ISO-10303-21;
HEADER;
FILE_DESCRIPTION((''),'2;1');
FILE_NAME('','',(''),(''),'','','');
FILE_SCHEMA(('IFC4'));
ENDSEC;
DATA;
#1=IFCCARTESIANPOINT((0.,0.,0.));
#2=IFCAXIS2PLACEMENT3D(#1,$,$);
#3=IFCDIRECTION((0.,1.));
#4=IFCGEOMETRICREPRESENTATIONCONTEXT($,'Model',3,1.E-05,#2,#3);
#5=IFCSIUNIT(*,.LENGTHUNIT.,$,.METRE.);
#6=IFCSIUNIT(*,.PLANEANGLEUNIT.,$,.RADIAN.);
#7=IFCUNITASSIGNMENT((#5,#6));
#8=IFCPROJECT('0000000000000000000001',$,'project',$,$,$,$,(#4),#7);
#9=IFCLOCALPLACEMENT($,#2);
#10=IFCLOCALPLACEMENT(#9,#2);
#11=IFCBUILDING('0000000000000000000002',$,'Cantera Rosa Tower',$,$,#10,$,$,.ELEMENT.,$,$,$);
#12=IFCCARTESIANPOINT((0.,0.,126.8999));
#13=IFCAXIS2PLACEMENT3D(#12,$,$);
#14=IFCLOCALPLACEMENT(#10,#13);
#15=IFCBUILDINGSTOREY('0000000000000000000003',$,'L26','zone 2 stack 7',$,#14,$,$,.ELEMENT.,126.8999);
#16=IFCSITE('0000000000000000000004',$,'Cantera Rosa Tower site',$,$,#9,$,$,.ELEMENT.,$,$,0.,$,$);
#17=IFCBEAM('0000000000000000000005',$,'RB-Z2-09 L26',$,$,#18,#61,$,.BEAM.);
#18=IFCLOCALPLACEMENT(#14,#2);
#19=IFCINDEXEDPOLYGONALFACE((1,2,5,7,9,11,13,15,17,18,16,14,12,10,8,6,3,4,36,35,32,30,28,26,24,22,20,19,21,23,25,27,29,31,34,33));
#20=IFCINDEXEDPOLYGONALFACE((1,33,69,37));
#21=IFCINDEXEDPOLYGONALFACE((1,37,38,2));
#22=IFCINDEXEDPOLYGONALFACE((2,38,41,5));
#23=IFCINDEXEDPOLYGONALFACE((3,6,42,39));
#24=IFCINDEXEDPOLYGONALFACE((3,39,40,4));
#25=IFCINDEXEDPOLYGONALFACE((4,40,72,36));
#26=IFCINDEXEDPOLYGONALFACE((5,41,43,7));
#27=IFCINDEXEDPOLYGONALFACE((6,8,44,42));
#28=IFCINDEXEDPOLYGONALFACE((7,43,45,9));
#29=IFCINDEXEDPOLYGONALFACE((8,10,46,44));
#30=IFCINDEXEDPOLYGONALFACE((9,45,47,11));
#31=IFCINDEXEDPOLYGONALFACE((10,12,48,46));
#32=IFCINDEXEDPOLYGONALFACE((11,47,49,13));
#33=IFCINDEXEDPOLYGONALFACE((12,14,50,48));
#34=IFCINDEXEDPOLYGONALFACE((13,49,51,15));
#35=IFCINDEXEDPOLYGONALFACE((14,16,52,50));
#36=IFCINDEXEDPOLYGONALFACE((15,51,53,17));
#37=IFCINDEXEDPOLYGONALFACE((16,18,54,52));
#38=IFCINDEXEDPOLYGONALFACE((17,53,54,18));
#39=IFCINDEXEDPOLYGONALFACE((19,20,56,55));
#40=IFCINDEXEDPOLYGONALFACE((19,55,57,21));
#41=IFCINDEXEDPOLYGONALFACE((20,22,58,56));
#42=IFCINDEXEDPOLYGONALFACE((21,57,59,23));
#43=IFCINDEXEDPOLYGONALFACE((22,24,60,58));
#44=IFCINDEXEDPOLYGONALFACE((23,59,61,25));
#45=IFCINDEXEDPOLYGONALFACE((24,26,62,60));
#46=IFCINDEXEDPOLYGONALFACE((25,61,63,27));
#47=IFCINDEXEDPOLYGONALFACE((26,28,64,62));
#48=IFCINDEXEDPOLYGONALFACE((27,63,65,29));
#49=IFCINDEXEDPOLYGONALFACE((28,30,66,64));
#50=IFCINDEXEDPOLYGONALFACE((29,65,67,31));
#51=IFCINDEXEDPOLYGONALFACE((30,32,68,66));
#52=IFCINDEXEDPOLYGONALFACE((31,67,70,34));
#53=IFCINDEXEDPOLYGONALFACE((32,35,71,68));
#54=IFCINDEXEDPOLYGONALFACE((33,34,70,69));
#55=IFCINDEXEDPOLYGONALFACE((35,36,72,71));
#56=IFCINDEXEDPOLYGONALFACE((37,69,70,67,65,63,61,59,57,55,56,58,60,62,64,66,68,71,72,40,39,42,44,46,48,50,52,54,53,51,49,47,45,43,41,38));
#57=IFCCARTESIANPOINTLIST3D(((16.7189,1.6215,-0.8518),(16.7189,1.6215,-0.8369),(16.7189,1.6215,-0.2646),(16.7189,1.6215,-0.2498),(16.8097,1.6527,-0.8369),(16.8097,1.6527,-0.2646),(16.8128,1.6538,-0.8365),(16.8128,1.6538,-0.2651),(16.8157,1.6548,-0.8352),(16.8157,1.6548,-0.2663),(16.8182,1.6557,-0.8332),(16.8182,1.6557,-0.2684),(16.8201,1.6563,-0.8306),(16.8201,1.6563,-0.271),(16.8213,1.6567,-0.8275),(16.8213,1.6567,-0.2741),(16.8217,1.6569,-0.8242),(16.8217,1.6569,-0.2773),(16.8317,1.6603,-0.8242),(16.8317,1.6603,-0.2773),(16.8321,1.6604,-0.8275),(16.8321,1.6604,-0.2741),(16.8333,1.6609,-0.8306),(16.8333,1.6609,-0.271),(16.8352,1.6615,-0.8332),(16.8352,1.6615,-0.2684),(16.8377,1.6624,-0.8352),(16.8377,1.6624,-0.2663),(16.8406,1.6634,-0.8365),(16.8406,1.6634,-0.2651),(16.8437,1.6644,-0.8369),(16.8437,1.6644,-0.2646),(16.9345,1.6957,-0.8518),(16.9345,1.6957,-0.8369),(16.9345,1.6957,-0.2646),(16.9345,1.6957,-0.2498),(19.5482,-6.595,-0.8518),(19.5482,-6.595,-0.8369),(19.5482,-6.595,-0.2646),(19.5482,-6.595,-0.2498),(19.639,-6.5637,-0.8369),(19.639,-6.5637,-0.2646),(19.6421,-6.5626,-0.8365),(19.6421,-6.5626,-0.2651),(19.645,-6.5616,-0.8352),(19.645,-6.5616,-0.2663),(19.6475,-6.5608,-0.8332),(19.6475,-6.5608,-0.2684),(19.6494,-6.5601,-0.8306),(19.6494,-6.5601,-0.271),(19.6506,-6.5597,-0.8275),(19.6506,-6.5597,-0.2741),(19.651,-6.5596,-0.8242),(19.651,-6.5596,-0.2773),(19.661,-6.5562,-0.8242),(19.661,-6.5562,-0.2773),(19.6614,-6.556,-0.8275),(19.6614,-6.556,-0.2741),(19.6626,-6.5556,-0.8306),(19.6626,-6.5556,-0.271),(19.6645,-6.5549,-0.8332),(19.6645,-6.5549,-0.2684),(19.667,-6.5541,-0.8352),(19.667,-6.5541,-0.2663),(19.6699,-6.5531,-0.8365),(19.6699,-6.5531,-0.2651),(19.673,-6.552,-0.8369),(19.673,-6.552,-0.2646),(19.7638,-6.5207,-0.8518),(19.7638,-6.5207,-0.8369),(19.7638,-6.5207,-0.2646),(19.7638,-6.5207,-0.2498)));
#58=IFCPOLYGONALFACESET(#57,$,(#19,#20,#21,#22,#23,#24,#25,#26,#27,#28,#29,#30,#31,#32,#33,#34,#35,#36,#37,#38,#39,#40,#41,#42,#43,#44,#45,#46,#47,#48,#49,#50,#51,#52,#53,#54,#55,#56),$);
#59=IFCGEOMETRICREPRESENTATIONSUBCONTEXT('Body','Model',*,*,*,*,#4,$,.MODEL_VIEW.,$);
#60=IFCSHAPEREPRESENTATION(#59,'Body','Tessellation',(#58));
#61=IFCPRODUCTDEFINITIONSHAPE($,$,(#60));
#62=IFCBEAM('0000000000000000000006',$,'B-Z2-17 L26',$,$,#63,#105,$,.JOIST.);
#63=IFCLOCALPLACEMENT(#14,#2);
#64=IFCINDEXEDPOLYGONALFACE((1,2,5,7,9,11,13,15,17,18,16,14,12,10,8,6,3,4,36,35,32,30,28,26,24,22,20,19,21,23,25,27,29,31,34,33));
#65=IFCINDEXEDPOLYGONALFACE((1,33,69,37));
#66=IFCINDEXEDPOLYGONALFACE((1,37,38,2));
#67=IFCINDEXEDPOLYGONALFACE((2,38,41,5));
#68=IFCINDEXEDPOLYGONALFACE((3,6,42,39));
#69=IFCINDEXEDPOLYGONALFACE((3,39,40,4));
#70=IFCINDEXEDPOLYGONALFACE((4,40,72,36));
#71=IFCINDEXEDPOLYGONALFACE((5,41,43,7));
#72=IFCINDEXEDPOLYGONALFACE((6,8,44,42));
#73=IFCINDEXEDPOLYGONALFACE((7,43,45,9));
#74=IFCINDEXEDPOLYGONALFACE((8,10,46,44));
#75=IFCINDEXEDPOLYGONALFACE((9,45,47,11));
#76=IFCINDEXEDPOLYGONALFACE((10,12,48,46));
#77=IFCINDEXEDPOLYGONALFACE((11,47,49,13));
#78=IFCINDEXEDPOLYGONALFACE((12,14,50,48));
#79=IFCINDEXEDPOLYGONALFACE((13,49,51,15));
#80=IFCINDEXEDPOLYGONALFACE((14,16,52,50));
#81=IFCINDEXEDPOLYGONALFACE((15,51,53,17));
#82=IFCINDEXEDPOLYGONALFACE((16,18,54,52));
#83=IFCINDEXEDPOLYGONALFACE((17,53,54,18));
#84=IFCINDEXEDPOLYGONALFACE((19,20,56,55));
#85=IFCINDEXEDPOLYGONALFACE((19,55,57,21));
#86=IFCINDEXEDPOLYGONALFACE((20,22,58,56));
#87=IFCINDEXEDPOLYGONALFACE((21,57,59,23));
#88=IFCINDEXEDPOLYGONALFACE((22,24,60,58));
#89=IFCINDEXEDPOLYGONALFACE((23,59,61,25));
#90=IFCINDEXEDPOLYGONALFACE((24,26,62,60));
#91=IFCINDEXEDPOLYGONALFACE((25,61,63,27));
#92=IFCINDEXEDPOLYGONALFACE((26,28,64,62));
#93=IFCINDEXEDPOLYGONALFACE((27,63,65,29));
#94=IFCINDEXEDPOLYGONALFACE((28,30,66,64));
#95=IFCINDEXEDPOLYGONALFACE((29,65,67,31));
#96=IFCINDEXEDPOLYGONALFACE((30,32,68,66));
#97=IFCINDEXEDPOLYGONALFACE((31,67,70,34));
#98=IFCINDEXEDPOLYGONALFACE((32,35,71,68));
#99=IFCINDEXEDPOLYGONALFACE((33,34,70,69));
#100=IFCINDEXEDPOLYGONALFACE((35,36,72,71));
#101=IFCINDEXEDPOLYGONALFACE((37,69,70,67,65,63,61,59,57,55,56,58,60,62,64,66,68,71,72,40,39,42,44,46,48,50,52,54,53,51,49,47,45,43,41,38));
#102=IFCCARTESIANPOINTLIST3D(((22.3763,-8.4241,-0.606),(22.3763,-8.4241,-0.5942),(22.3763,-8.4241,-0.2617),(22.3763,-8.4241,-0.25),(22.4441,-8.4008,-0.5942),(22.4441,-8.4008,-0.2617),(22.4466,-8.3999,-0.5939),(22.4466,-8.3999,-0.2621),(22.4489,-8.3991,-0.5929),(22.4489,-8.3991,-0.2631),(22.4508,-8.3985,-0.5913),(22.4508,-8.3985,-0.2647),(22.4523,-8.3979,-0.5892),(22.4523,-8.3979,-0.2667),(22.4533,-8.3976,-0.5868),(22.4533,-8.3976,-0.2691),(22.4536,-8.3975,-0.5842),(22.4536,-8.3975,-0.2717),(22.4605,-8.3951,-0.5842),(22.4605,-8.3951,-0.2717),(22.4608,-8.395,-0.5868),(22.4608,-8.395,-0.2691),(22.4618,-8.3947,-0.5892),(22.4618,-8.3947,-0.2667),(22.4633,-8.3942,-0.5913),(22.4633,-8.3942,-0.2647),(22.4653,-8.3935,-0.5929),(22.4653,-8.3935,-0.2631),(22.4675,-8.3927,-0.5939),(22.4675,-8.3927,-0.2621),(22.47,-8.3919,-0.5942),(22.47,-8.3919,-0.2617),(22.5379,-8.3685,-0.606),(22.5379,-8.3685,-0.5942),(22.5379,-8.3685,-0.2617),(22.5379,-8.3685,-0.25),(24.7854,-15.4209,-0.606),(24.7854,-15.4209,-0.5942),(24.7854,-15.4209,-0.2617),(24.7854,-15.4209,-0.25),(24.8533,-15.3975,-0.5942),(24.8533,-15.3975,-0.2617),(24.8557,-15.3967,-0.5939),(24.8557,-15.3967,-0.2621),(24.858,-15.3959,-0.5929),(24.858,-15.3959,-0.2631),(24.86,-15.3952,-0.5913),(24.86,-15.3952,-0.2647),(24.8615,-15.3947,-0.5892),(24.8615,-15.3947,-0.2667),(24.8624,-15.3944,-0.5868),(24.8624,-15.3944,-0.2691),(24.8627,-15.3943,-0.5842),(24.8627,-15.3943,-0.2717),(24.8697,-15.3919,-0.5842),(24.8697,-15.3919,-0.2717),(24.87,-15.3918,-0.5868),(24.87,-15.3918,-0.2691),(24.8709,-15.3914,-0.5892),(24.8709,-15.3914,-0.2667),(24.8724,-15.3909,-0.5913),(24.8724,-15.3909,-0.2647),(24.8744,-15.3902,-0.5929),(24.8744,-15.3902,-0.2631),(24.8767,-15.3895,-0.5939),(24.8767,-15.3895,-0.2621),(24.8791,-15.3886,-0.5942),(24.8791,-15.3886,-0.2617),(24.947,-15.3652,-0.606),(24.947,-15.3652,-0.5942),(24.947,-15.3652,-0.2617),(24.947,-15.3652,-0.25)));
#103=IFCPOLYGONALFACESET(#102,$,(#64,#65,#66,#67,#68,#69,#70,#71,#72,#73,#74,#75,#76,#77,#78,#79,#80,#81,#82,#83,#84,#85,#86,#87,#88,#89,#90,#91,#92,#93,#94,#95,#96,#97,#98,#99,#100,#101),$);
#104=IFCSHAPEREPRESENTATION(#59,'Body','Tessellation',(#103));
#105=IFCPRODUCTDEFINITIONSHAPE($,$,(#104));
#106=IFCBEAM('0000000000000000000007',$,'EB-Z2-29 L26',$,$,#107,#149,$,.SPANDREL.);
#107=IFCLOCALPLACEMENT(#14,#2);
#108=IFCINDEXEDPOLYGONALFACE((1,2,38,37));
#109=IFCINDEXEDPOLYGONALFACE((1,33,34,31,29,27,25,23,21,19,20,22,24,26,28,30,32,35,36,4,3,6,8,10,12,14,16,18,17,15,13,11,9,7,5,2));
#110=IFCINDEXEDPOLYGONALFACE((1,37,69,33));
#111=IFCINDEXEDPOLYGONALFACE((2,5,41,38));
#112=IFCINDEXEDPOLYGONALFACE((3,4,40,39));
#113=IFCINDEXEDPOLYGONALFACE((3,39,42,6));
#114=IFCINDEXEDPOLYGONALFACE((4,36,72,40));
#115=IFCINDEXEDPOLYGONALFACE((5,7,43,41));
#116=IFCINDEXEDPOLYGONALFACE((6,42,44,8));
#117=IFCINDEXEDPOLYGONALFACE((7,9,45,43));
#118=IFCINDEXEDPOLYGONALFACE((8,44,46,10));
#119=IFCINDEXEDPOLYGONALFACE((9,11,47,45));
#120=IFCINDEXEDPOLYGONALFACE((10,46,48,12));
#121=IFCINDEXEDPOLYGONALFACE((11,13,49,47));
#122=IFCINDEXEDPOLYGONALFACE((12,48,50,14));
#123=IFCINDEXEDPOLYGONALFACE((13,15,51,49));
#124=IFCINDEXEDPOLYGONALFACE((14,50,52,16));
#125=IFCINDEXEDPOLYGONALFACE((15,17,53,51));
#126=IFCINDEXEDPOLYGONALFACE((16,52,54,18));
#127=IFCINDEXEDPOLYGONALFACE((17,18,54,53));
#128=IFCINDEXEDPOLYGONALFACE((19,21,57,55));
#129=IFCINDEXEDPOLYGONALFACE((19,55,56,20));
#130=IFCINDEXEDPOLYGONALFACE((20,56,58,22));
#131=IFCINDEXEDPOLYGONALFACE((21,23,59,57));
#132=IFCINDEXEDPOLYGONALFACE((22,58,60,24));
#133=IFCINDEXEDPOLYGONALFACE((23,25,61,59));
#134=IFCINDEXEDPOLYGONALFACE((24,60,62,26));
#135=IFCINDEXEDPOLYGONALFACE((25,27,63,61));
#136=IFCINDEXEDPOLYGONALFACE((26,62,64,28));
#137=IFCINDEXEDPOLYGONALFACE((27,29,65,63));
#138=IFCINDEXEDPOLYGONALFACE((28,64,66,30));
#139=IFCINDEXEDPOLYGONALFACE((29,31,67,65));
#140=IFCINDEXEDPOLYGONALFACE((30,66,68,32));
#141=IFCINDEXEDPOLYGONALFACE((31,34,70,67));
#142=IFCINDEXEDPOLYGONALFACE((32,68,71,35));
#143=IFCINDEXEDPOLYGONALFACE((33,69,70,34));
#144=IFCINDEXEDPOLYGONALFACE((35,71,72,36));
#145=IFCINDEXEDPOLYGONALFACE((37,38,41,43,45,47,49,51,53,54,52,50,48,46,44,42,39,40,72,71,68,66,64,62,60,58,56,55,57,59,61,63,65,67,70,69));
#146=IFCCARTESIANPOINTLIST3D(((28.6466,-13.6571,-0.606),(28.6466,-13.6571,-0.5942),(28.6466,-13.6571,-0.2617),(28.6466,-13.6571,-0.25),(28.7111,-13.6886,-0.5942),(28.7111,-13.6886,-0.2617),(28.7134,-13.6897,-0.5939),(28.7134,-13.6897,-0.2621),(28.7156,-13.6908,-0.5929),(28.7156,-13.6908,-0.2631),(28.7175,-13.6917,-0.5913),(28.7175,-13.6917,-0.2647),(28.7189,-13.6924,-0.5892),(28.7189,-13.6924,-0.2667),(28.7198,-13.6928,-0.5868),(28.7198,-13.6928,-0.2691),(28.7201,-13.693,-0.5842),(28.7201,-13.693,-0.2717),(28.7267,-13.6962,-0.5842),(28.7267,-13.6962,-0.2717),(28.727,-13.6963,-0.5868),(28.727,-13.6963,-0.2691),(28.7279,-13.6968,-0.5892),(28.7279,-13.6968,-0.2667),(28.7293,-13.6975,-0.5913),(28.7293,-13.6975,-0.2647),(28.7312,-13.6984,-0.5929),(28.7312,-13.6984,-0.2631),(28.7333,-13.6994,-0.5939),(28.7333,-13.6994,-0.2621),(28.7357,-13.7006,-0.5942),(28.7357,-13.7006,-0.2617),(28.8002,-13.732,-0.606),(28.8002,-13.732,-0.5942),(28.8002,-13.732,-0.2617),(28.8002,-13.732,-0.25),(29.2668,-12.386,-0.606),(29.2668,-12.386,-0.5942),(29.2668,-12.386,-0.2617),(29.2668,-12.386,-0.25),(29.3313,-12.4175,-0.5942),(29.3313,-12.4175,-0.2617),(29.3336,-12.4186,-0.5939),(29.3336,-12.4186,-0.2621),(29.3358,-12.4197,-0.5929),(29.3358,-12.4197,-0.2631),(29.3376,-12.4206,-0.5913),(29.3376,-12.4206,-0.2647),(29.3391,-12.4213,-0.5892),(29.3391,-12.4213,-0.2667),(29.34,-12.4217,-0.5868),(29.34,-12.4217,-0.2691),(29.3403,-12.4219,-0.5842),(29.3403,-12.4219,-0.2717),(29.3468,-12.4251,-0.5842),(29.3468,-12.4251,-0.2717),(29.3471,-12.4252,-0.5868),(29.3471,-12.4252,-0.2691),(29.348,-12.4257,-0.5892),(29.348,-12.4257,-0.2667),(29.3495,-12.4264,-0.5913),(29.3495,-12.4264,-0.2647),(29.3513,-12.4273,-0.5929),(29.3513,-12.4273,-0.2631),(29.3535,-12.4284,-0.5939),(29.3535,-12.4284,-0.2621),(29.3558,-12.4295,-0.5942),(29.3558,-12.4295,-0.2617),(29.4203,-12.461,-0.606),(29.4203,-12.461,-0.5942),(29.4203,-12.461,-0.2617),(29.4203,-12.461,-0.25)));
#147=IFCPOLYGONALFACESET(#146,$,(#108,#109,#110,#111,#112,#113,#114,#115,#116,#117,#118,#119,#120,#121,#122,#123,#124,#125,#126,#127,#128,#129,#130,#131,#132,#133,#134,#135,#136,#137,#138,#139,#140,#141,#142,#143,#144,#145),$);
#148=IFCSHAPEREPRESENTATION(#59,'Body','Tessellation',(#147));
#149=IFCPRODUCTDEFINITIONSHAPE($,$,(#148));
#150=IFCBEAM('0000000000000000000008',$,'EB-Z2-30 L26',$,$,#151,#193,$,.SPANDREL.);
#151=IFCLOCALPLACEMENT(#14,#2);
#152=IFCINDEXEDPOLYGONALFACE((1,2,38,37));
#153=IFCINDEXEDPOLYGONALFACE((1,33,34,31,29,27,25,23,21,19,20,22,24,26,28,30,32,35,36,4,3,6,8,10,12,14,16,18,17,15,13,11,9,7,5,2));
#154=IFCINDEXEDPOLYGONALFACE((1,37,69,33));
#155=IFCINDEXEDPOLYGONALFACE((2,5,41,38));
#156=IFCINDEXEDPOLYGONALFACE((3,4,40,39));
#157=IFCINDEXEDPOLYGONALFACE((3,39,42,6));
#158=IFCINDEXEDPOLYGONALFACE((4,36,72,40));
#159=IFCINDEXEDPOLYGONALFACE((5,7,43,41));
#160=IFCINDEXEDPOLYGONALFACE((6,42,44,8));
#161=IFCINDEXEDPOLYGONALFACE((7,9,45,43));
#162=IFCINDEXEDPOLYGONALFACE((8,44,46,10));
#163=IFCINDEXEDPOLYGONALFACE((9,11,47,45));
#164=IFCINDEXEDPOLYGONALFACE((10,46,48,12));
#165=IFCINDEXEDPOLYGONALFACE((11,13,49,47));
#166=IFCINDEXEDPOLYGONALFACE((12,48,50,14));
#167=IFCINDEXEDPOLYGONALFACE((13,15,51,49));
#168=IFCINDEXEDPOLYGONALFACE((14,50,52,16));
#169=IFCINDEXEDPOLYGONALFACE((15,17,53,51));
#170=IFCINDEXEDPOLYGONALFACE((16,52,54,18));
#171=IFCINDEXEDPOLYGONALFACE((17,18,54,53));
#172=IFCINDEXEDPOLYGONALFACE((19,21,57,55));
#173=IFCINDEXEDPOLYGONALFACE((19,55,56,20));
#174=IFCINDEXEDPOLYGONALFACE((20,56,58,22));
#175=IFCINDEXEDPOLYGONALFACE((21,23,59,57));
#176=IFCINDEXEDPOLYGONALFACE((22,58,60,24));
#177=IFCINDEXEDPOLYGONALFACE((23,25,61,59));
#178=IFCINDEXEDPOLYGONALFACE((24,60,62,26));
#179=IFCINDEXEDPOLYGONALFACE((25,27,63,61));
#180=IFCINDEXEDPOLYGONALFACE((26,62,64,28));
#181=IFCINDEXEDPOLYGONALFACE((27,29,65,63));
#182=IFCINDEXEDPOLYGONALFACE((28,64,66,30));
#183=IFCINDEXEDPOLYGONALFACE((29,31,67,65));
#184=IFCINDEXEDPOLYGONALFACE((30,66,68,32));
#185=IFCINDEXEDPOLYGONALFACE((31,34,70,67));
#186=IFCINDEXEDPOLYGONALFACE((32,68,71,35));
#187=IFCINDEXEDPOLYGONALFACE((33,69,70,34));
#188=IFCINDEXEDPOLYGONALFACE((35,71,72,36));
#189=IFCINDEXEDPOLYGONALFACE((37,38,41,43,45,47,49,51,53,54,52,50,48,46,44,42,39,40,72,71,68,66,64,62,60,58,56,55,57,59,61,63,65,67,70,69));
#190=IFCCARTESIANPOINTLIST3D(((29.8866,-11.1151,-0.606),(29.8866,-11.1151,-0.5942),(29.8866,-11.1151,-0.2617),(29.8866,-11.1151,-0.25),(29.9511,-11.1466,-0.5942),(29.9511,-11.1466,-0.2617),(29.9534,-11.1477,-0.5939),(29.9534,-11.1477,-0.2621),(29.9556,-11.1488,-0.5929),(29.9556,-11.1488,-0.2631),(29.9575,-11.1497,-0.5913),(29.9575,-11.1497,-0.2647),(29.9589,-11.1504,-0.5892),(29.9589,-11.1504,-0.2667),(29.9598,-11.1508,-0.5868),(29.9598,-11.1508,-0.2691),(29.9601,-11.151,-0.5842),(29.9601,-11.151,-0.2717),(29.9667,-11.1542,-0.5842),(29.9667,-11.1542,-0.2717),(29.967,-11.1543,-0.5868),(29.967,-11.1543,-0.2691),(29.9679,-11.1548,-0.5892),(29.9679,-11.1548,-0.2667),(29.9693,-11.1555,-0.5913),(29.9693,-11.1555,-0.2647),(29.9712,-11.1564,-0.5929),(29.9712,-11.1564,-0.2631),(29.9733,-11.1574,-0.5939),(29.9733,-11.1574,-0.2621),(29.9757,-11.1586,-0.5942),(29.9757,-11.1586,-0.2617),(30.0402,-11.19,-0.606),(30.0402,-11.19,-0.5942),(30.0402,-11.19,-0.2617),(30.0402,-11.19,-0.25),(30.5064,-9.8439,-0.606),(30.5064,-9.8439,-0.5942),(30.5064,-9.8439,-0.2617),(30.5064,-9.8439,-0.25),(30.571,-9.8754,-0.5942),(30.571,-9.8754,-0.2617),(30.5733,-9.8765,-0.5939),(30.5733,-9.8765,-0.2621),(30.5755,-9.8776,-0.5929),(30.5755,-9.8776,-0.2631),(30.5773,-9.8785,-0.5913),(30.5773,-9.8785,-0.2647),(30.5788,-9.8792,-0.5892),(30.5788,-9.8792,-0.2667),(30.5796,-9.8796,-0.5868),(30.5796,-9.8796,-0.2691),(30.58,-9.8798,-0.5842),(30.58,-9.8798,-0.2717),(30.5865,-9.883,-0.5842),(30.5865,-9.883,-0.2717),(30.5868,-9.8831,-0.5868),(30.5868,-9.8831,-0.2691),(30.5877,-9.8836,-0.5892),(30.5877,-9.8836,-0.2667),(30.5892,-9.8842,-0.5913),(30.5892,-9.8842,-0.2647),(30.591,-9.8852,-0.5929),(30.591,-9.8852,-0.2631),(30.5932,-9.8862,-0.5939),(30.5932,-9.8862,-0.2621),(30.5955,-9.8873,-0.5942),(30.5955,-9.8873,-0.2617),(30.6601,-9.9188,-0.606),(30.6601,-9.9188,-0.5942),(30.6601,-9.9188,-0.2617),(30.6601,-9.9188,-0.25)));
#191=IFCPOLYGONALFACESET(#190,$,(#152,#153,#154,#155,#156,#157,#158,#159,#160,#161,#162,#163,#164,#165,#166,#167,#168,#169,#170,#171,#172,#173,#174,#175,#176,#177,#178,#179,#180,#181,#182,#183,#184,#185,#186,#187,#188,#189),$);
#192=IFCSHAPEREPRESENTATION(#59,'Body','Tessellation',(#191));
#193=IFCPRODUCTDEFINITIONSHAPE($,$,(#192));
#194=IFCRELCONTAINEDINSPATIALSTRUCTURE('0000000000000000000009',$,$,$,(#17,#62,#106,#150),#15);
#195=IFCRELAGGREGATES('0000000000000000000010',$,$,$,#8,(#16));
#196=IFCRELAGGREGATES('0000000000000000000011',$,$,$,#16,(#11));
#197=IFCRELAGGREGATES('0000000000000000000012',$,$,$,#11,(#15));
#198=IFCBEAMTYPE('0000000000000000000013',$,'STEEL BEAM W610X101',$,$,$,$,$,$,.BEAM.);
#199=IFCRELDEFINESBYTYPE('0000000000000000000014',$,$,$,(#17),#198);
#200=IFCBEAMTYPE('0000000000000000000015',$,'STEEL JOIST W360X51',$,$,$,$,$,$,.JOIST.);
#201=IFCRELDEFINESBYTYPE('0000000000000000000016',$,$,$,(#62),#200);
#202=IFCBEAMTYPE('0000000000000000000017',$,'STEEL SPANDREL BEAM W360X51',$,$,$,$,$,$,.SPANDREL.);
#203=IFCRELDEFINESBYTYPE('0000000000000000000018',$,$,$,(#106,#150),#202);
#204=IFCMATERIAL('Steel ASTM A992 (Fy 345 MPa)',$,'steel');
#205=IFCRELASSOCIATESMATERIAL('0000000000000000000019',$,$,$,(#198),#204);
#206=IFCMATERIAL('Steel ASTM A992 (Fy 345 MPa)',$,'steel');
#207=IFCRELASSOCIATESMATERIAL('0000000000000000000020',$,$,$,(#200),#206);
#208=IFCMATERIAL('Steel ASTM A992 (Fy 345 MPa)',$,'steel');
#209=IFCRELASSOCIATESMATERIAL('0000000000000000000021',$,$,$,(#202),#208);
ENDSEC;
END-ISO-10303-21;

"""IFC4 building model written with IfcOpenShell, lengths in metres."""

from ifc_helpers import new_model, si_unit, direction, frame, origin, origin_2d, place, context, subcontext, project, spatial, i_section, extrude, material, material_profile, profile_set, type_object, element, save


model = new_model("IFC4")

# Units and contexts
model_context = context("Model", 3, precision=1e-05, world=origin(), true_north=direction((0.0, 1.0)))
body_context = subcontext(model_context, "Body", "Model", "MODEL_VIEW")
ifc_project = project(units=[si_unit("LENGTHUNIT", "METRE"), si_unit("PLANEANGLEUNIT", "RADIAN")], contexts=[model_context])

# Site, building, storey
site_placement = place(None, origin())
site = spatial("IfcSite", under=ifc_project, at=site_placement, Name="Cantera Rosa Tower site", CompositionType="ELEMENT", RefElevation=0.0)
building_placement = place(site_placement, origin())
building = spatial("IfcBuilding", under=site, at=building_placement, Name="Cantera Rosa Tower", CompositionType="ELEMENT")
storey_placement = place(building_placement, frame((0.0, 0.0, 126.8999)))
storey = spatial("IfcBuildingStorey", under=building, at=storey_placement, Name="L26", Description="zone 2 stack 7", CompositionType="ELEMENT", Elevation=126.8999)

# Beams
ifc_material_1 = material(Name="Steel ASTM A992 (Fy 345 MPa)", Category="steel")
ifc_material_profile_1 = material_profile(ifc_material_1, i_section(OverallWidth=0.228, OverallDepth=0.6021, WebThickness=0.0105, FlangeThickness=0.0149, FilletRadius=0.0127, at=origin_2d()), Name="W610X101")
ifc_profile_set_1 = profile_set([ifc_material_profile_1], Name="Steel ASTM A992 (Fy 345 MPa)")
beam_type_1 = type_object("IfcBeamType", Name="STEEL BEAM W610X101", PredefinedType="BEAM", material=ifc_profile_set_1)
beam_1_placement = place(storey_placement, frame((19.656, -6.5579, -0.5508), z_axis=(-0.325585, 0.945513, 0.0), x_axis=(-0.945513, -0.325585, 0.0)))
element("IfcBeam", 1, at=beam_1_placement, inside=storey, type_object=beam_type_1, Name="RB-Z2-09 L26", PredefinedType="BEAM", context=body_context, shape_type="SweptSolid", body=[
    extrude(i_section(OverallWidth=0.228, OverallDepth=0.6021, WebThickness=0.0105, FlangeThickness=0.0149, FilletRadius=0.0127, at=origin_2d()), origin(), (0.0, 0.0, 1.0), 8.6899),
])
ifc_material_2 = material(Name="Steel ASTM A992 (Fy 345 MPa)", Category="steel")
ifc_material_profile_2 = material_profile(ifc_material_2, i_section(OverallWidth=0.1709, OverallDepth=0.356, WebThickness=0.0073, FlangeThickness=0.0117, FilletRadius=0.01, at=origin_2d()), Name="W360X51")
ifc_profile_set_2 = profile_set([ifc_material_profile_2], Name="Steel ASTM A992 (Fy 345 MPa)")
beam_type_2 = type_object("IfcBeamType", Name="STEEL JOIST W360X51", PredefinedType="JOIST", material=ifc_profile_set_2)
beam_2_placement = place(storey_placement, frame((24.8662, -15.3931, -0.428), z_axis=(-0.325566, 0.945519, 0.0), x_axis=(-0.945519, -0.325566, 0.0)))
element("IfcBeam", 2, at=beam_2_placement, inside=storey, type_object=beam_type_2, Name="B-Z2-17 L26", PredefinedType="JOIST", context=body_context, shape_type="SweptSolid", body=[
    extrude(i_section(OverallWidth=0.1709, OverallDepth=0.356, WebThickness=0.0073, FlangeThickness=0.0117, FilletRadius=0.01, at=origin_2d()), origin(), (0.0, 0.0, 1.0), 7.3999),
])
ifc_material_3 = material(Name="Steel ASTM A992 (Fy 345 MPa)", Category="steel")
ifc_material_profile_3 = material_profile(ifc_material_3, i_section(OverallWidth=0.1709, OverallDepth=0.356, WebThickness=0.0073, FlangeThickness=0.0117, FilletRadius=0.01, at=origin_2d()), Name="W360X51")
ifc_profile_set_3 = profile_set([ifc_material_profile_3], Name="Steel ASTM A992 (Fy 345 MPa)")
beam_type_3 = type_object("IfcBeamType", Name="STEEL SPANDREL BEAM W360X51", PredefinedType="SPANDREL", material=ifc_profile_set_3)
for number, where, z_axis, x_axis, name in (
    (3, (28.7234, -13.6946, -0.428), (0.438492, 0.898735, 0.0), (-0.898735, 0.438492, 0.0), "EB-Z2-29 L26"),
    (4, (29.9634, -11.1526, -0.428), (0.438284, 0.898836, 0.0), (-0.898836, 0.438284, 0.0), "EB-Z2-30 L26"),
):
    element("IfcBeam", number, at=place(storey_placement, frame(where, z_axis=z_axis, x_axis=x_axis)), inside=storey, type_object=beam_type_3, Name=name, PredefinedType="SPANDREL", context=body_context, shape_type="SweptSolid", body=[
        extrude(i_section(OverallWidth=0.1709, OverallDepth=0.356, WebThickness=0.0073, FlangeThickness=0.0117, FilletRadius=0.01, at=origin_2d()), origin(), (0.0, 0.0, 1.0), 1.4143),
    ])

save(model, "model.ifc")
